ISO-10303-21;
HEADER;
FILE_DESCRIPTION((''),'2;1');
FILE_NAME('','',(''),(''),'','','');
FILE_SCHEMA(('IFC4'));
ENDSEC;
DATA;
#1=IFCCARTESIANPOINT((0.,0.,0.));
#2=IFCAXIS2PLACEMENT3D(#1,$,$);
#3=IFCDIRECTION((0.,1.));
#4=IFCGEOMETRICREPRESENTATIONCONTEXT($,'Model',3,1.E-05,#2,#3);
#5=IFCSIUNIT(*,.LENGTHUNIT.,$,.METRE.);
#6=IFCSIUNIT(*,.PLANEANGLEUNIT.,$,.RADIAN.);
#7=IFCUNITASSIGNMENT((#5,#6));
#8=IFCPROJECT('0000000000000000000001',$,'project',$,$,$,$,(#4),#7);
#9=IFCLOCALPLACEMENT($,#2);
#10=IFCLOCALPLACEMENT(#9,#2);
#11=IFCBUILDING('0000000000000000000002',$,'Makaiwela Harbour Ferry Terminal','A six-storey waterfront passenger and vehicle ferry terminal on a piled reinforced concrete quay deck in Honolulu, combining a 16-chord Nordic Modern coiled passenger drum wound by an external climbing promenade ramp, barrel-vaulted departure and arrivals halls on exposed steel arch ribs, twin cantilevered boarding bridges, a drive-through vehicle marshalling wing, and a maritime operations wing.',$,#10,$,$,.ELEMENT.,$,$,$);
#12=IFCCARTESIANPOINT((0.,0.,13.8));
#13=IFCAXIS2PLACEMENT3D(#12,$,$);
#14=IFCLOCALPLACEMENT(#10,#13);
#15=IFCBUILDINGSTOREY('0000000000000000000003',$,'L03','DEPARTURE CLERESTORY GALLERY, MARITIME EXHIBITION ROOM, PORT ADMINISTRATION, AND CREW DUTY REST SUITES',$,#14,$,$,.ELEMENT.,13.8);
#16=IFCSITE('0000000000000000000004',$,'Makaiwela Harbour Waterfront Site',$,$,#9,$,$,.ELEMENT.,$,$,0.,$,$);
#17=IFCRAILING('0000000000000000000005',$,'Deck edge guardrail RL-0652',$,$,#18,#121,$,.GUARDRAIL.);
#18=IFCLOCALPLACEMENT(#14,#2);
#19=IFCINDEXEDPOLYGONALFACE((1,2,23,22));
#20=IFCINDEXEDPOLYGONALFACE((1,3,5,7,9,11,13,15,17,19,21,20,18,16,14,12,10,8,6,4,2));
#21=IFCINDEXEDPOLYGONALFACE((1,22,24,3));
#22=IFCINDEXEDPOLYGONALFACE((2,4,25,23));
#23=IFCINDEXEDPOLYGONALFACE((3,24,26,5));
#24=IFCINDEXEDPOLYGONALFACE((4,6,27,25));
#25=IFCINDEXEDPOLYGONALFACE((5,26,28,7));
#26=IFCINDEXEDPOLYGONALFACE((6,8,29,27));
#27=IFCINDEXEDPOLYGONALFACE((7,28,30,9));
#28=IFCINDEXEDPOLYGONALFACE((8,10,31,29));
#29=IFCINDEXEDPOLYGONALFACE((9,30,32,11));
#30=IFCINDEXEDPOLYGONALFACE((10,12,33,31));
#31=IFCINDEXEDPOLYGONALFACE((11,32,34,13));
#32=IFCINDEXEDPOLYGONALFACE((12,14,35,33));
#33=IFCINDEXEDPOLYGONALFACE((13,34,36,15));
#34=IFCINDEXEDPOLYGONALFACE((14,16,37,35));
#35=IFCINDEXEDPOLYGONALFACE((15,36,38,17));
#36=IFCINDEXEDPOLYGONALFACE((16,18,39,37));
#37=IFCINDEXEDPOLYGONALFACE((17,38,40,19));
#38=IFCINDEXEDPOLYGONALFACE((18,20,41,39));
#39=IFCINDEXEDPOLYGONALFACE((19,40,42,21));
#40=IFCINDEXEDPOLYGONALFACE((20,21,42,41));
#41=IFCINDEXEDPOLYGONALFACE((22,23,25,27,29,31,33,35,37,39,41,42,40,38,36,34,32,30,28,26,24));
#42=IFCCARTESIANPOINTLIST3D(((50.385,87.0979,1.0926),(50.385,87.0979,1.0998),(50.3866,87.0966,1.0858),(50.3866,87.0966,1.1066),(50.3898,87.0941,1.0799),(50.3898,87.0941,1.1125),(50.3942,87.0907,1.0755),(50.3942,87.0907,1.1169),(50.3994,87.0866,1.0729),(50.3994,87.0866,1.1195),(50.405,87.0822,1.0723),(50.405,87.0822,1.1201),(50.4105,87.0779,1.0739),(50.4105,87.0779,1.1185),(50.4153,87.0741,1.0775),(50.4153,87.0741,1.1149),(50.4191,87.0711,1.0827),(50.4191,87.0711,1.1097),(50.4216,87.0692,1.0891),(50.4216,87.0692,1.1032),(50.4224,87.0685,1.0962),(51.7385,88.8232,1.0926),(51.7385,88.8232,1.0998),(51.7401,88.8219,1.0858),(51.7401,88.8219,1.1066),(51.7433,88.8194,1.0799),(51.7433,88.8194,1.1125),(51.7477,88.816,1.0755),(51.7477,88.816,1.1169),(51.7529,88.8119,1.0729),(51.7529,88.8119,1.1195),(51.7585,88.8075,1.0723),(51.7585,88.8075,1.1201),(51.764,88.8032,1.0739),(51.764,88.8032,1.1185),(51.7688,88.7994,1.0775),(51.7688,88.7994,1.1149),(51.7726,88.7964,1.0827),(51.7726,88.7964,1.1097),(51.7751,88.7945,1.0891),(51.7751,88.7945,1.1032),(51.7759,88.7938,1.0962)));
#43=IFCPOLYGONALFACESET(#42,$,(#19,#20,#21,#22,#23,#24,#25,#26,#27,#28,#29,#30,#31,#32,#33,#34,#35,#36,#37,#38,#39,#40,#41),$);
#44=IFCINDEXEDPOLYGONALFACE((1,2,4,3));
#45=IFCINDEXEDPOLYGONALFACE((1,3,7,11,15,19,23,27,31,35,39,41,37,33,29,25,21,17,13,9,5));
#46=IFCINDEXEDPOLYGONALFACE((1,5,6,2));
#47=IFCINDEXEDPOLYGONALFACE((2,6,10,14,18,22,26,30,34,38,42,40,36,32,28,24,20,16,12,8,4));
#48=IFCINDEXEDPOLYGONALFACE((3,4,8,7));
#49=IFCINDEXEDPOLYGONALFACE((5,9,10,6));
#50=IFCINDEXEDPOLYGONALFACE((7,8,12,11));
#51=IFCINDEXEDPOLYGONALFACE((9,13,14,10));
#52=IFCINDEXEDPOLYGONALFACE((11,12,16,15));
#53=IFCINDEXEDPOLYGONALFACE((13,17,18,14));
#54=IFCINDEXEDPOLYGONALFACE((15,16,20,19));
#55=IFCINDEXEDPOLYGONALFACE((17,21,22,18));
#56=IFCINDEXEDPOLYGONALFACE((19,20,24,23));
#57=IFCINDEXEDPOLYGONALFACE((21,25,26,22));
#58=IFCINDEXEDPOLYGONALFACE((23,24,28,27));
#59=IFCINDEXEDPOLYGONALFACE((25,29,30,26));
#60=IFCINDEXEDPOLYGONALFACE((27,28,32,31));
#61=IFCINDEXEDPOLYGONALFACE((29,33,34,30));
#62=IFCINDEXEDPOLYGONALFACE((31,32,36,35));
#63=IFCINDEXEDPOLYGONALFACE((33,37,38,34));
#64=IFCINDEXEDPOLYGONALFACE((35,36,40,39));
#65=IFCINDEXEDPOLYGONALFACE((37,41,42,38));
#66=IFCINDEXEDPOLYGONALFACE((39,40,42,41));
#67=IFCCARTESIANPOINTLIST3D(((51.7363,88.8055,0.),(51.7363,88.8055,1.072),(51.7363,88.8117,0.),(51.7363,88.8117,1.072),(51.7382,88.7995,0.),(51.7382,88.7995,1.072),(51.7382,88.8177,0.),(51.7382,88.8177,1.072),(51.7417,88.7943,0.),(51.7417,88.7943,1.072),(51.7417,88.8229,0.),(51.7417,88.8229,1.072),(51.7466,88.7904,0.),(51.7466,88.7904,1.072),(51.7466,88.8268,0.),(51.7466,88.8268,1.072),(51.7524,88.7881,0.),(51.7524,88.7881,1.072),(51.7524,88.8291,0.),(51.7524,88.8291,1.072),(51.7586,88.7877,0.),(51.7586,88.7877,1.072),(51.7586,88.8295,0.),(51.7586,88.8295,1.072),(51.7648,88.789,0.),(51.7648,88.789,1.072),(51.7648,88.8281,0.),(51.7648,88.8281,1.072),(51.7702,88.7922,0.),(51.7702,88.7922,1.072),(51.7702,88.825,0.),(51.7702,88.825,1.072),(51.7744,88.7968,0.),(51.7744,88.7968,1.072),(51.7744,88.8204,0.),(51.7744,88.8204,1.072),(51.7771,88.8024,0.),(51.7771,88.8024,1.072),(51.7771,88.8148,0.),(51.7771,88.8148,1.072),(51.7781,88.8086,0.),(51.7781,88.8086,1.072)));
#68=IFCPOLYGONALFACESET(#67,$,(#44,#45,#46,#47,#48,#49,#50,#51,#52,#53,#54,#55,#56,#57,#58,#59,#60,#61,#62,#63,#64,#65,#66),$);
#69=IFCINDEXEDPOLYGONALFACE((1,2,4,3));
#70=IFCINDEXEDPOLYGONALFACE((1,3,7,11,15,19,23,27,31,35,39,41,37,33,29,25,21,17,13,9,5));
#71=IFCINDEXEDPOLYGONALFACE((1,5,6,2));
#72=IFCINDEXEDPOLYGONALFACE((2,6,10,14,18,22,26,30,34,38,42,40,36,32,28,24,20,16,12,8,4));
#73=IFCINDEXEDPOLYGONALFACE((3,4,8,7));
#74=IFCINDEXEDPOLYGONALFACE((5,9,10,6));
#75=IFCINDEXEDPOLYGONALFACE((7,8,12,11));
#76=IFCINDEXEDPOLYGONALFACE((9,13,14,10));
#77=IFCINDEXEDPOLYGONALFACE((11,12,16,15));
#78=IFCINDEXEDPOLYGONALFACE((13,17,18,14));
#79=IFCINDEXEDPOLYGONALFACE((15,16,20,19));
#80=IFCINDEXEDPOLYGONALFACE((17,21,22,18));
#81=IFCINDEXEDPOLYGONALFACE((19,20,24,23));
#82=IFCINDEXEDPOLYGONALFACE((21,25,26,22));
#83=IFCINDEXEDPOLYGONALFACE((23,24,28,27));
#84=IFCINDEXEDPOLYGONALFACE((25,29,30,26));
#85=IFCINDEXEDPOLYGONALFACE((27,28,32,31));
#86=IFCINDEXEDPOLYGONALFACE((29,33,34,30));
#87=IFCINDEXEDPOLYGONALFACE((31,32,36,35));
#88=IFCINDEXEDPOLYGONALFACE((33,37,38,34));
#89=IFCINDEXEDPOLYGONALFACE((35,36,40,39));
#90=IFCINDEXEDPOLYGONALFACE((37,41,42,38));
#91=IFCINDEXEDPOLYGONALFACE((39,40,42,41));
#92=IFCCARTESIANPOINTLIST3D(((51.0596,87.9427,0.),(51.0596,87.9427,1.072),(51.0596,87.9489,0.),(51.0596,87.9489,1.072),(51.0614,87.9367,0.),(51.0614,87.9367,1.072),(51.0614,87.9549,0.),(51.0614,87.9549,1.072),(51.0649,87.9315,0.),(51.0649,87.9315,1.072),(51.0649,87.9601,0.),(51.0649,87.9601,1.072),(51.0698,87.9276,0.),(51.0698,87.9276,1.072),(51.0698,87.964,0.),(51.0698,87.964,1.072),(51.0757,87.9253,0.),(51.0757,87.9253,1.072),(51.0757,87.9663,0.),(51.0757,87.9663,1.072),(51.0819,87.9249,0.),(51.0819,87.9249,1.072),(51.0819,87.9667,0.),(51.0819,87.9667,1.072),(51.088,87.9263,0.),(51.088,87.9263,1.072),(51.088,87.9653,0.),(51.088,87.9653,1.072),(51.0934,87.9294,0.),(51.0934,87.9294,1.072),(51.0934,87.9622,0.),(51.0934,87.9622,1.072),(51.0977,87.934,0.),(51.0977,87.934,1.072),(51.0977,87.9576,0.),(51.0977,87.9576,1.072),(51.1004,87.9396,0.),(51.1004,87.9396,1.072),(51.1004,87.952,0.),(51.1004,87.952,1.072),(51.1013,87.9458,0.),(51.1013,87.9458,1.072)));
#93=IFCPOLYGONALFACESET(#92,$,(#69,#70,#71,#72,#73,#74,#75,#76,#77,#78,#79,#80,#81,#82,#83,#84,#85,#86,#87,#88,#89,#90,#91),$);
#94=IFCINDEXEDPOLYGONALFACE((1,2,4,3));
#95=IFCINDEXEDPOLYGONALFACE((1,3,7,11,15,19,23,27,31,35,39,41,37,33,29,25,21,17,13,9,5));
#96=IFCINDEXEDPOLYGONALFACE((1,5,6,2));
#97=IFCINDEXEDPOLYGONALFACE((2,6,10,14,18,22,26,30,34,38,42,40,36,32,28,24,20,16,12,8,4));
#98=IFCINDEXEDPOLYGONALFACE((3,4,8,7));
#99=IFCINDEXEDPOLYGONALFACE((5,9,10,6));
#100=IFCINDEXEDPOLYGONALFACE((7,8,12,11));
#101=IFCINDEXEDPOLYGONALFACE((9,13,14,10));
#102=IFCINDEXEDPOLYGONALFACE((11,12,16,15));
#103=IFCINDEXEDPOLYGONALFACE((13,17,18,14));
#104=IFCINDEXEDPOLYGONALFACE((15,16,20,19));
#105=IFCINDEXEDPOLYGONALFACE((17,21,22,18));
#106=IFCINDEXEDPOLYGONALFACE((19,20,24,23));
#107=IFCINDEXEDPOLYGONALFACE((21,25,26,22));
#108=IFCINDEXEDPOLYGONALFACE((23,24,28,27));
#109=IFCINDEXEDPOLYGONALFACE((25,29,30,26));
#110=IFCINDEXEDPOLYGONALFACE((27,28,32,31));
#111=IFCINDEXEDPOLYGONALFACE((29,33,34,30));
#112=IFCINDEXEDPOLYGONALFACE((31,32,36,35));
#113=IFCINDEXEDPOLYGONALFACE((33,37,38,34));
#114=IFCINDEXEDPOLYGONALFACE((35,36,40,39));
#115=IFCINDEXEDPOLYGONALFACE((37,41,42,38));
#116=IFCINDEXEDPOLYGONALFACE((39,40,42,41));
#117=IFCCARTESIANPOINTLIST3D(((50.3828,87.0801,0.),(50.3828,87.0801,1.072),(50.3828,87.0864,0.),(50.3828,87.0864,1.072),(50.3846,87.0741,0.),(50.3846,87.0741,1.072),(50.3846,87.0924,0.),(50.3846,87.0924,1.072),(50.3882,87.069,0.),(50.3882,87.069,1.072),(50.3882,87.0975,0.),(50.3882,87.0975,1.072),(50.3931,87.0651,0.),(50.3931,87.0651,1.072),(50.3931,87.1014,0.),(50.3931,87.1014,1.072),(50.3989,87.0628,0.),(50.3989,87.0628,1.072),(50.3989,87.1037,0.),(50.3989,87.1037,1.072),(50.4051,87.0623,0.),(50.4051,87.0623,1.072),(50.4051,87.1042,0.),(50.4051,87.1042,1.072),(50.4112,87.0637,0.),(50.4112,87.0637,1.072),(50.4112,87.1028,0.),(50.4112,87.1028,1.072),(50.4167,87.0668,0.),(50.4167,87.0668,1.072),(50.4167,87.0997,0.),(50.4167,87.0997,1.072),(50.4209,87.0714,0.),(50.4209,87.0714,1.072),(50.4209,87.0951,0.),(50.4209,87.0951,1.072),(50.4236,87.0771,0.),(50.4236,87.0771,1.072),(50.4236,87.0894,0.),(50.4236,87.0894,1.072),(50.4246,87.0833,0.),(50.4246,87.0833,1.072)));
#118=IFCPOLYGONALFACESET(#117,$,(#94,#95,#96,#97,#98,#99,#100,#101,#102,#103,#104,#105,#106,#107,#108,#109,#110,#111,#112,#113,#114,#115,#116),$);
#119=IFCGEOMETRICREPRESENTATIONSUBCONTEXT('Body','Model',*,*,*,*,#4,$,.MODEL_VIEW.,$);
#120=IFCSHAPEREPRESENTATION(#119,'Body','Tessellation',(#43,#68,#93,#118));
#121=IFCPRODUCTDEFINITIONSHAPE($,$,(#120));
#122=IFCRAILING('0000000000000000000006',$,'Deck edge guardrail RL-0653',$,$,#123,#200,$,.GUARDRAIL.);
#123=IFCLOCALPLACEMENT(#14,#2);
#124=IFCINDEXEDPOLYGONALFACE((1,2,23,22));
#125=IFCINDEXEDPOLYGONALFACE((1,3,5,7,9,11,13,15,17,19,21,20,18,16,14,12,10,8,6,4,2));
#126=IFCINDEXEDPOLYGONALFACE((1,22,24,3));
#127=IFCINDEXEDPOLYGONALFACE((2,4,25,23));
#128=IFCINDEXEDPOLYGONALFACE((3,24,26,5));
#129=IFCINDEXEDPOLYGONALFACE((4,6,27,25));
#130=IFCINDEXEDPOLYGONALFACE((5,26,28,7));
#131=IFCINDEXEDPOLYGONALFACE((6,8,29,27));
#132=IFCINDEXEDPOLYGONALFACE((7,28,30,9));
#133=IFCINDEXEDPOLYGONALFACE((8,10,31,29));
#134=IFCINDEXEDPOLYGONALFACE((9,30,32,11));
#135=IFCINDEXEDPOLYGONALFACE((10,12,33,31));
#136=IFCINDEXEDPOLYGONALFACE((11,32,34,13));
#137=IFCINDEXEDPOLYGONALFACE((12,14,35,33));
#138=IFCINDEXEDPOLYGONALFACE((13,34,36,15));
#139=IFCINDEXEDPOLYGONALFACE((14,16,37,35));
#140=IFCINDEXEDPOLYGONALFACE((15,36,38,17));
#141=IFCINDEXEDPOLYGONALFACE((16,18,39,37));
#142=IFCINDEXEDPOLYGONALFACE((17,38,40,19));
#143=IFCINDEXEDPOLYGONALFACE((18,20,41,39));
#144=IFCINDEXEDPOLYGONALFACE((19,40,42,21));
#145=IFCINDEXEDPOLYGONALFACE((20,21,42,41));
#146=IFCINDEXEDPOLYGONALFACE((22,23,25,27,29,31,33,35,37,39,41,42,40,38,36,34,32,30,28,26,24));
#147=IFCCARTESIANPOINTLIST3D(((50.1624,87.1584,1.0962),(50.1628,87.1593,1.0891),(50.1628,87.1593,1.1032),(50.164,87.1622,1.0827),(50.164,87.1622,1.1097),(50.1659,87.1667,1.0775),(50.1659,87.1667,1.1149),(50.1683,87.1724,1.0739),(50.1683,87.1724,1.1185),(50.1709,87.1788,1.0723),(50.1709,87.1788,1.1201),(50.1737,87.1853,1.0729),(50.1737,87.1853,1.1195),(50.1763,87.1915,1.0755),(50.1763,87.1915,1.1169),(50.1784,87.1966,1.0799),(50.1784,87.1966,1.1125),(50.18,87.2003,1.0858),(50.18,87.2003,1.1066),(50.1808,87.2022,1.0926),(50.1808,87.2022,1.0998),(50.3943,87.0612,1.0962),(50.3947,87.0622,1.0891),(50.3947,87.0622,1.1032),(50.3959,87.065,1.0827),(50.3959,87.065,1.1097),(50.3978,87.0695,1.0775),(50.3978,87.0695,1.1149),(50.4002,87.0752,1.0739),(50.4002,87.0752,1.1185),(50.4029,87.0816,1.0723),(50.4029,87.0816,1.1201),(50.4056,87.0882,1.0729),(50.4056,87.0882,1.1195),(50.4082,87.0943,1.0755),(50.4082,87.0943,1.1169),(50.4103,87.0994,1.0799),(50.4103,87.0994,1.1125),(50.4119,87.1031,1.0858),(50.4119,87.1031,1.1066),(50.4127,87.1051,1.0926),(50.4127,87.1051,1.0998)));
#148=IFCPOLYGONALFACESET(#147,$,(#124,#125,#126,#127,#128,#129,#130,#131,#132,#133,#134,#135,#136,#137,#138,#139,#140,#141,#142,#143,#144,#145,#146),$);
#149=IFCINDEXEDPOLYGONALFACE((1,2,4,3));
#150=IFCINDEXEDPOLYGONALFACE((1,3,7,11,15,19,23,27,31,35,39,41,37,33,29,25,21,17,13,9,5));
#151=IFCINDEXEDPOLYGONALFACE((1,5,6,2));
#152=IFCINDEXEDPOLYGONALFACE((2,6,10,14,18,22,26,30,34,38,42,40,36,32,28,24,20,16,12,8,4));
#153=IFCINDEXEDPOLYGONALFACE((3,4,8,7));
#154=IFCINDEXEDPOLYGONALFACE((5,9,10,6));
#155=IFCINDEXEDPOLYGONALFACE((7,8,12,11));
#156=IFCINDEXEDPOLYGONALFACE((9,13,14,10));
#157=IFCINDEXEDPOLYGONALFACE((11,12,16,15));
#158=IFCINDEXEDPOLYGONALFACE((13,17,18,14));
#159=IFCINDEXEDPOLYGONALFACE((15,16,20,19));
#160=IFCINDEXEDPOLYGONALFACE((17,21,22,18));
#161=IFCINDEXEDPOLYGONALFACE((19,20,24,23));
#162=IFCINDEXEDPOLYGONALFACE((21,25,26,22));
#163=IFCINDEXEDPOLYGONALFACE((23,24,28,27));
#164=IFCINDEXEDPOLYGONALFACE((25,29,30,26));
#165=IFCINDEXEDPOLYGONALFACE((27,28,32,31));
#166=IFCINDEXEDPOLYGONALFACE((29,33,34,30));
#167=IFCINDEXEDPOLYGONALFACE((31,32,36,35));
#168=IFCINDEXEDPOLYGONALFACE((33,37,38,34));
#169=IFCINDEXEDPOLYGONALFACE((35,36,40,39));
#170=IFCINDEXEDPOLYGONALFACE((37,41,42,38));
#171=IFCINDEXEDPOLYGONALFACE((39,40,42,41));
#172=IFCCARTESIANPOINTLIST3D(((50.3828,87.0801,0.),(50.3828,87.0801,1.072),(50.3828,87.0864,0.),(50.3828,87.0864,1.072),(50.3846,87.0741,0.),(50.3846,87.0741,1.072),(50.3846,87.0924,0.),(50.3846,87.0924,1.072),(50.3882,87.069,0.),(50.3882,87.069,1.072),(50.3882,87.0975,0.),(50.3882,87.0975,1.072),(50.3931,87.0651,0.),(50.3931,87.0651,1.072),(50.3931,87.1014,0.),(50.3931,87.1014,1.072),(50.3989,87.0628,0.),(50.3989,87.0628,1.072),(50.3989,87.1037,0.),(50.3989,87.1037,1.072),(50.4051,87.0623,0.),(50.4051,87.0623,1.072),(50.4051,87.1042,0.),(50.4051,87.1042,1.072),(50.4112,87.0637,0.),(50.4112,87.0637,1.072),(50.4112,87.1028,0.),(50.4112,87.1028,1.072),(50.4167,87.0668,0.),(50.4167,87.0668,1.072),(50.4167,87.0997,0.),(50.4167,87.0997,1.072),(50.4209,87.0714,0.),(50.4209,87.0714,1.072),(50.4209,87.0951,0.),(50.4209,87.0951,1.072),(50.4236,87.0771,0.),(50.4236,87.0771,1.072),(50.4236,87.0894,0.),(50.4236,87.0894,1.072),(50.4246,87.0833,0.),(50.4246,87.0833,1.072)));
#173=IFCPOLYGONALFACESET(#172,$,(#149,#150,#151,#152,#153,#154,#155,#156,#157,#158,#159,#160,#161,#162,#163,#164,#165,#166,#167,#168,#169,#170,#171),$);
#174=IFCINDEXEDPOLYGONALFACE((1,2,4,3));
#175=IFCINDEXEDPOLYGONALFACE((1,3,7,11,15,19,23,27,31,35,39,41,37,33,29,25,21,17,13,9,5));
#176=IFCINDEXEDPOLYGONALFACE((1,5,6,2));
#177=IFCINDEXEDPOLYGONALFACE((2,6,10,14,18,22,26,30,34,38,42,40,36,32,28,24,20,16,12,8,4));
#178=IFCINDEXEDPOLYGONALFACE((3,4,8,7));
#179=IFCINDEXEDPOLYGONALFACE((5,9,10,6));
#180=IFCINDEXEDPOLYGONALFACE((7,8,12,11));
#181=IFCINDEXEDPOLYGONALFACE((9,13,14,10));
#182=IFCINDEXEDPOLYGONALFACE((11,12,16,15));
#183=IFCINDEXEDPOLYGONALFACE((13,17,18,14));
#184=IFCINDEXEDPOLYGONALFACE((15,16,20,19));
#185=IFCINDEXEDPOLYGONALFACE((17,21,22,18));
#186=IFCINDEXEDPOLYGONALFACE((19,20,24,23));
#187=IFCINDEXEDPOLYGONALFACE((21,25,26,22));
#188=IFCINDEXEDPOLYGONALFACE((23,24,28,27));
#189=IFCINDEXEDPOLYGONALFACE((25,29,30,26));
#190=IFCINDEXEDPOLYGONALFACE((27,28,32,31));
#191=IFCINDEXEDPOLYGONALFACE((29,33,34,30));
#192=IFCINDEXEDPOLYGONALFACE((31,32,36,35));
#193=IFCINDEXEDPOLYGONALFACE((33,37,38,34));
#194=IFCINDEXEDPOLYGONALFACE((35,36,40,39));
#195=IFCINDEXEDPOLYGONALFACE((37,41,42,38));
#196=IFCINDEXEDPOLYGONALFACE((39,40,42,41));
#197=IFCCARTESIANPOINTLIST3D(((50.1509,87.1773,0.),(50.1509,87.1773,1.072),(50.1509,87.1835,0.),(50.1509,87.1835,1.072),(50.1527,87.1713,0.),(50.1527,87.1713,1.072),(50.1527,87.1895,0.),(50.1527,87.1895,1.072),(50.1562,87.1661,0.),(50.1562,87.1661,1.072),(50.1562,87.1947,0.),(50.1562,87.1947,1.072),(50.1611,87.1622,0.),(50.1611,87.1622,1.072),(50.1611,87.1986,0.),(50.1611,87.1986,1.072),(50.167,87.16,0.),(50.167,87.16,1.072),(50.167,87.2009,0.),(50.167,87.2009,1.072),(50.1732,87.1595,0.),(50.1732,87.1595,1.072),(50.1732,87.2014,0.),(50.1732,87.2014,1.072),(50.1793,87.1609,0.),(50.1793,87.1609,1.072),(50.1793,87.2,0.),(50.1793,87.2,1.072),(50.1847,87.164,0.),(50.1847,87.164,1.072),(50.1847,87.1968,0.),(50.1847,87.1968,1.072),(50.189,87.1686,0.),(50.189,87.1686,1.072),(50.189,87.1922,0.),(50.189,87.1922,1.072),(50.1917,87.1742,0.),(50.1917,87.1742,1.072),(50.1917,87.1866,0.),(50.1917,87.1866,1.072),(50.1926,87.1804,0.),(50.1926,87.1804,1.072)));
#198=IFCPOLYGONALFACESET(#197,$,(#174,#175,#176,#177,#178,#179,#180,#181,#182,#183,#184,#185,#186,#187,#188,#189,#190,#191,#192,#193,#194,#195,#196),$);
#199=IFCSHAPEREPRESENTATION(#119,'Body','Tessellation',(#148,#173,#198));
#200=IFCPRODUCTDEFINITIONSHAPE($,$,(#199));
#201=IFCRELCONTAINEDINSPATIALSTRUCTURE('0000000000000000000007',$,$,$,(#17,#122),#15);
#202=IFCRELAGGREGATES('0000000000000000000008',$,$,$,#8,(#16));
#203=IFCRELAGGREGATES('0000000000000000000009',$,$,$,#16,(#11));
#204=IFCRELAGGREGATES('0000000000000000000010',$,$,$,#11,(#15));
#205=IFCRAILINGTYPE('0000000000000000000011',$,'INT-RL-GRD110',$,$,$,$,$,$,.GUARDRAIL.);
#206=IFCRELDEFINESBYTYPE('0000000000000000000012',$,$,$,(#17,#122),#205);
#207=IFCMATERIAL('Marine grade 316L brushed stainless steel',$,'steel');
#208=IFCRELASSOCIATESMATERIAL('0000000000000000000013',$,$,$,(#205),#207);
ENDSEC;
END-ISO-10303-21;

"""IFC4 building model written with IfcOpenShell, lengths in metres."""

from ifc_helpers import new_model, si_unit, direction, frame, origin, origin_2d, place, context, subcontext, project, spatial, circle, extrude, material, type_object, element, save


model = new_model("IFC4")

# Units and contexts
model_context = context("Model", 3, precision=1e-05, world=origin(), true_north=direction((0.0, 1.0)))
body_context = subcontext(model_context, "Body", "Model", "MODEL_VIEW")
ifc_project = project(units=[si_unit("LENGTHUNIT", "METRE"), si_unit("PLANEANGLEUNIT", "RADIAN")], contexts=[model_context])

# Site, building, storey
site_placement = place(None, origin())
site = spatial("IfcSite", under=ifc_project, at=site_placement, Name="Makaiwela Harbour Waterfront Site", CompositionType="ELEMENT", RefElevation=0.0)
building_placement = place(site_placement, origin())
building = spatial("IfcBuilding", under=site, at=building_placement, Name="Makaiwela Harbour Ferry Terminal", Description="A six-storey waterfront passenger and vehicle ferry terminal on a piled reinforced concrete quay deck in Honolulu, combining a 16-chord Nordic Modern coiled passenger drum wound by an external climbing promenade ramp, barrel-vaulted departure and arrivals halls on exposed steel arch ribs, twin cantilevered boarding bridges, a drive-through vehicle marshalling wing, and a maritime operations wing.", CompositionType="ELEMENT")
storey_placement = place(building_placement, frame((0.0, 0.0, 13.8)))
storey = spatial("IfcBuildingStorey", under=building, at=storey_placement, Name="L03", Description="DEPARTURE CLERESTORY GALLERY, MARITIME EXHIBITION ROOM, PORT ADMINISTRATION, AND CREW DUTY REST SUITES", CompositionType="ELEMENT", Elevation=13.8)

# Railings
ifc_material_1 = material(Name="Marine grade 316L brushed stainless steel", Category="steel")
railing_type = type_object("IfcRailingType", Name="INT-RL-GRD110", PredefinedType="GUARDRAIL", material=ifc_material_1)
railing_1_placement = place(storey_placement, frame((51.7571, 88.8086, 0.0)))
element("IfcRailing", 1, at=railing_1_placement, inside=storey, type_object=railing_type, Name="Deck edge guardrail RL-0652", PredefinedType="GUARDRAIL", context=body_context, shape_type="SweptSolid", body=[
    extrude(circle(Radius=0.0239, at=origin_2d()), frame((0.0, 0.0, 1.0962), z_axis=(-0.617226, -0.786786, 0.0), x_axis=(0.786786, -0.617226, 0.0)), (0.0, 0.0, 1.0), 2.1929),
    extrude(circle(Radius=0.021, at=origin_2d()), origin(), (0.0, 0.0, 1.0), 1.072),
    extrude(circle(Radius=0.021, at=origin_2d()), frame((-0.6768, -0.8628, 0.0)), (0.0, 0.0, 1.0), 1.072),
    extrude(circle(Radius=0.021, at=origin_2d()), frame((-1.3535, -1.7253, 0.0)), (0.0, 0.0, 1.0), 1.072),
])
railing_2_placement = place(storey_placement, frame((50.4036, 87.0833, 0.0)))
element("IfcRailing", 2, at=railing_2_placement, inside=storey, type_object=railing_type, Name="Deck edge guardrail RL-0653", PredefinedType="GUARDRAIL", context=body_context, shape_type="SweptSolid", body=[
    extrude(circle(Radius=0.0239, at=origin_2d()), frame((0.0, 0.0, 1.0962), z_axis=(-0.922328, 0.386407, 0.0), x_axis=(-0.386407, -0.922328, 0.0)), (0.0, 0.0, 1.0), 0.2515),
    extrude(circle(Radius=0.021, at=origin_2d()), origin(), (0.0, 0.0, 1.0), 1.072),
    extrude(circle(Radius=0.021, at=origin_2d()), frame((-0.2319, 0.0972, 0.0)), (0.0, 0.0, 1.0), 1.072),
])

save(model, "model.ifc")
